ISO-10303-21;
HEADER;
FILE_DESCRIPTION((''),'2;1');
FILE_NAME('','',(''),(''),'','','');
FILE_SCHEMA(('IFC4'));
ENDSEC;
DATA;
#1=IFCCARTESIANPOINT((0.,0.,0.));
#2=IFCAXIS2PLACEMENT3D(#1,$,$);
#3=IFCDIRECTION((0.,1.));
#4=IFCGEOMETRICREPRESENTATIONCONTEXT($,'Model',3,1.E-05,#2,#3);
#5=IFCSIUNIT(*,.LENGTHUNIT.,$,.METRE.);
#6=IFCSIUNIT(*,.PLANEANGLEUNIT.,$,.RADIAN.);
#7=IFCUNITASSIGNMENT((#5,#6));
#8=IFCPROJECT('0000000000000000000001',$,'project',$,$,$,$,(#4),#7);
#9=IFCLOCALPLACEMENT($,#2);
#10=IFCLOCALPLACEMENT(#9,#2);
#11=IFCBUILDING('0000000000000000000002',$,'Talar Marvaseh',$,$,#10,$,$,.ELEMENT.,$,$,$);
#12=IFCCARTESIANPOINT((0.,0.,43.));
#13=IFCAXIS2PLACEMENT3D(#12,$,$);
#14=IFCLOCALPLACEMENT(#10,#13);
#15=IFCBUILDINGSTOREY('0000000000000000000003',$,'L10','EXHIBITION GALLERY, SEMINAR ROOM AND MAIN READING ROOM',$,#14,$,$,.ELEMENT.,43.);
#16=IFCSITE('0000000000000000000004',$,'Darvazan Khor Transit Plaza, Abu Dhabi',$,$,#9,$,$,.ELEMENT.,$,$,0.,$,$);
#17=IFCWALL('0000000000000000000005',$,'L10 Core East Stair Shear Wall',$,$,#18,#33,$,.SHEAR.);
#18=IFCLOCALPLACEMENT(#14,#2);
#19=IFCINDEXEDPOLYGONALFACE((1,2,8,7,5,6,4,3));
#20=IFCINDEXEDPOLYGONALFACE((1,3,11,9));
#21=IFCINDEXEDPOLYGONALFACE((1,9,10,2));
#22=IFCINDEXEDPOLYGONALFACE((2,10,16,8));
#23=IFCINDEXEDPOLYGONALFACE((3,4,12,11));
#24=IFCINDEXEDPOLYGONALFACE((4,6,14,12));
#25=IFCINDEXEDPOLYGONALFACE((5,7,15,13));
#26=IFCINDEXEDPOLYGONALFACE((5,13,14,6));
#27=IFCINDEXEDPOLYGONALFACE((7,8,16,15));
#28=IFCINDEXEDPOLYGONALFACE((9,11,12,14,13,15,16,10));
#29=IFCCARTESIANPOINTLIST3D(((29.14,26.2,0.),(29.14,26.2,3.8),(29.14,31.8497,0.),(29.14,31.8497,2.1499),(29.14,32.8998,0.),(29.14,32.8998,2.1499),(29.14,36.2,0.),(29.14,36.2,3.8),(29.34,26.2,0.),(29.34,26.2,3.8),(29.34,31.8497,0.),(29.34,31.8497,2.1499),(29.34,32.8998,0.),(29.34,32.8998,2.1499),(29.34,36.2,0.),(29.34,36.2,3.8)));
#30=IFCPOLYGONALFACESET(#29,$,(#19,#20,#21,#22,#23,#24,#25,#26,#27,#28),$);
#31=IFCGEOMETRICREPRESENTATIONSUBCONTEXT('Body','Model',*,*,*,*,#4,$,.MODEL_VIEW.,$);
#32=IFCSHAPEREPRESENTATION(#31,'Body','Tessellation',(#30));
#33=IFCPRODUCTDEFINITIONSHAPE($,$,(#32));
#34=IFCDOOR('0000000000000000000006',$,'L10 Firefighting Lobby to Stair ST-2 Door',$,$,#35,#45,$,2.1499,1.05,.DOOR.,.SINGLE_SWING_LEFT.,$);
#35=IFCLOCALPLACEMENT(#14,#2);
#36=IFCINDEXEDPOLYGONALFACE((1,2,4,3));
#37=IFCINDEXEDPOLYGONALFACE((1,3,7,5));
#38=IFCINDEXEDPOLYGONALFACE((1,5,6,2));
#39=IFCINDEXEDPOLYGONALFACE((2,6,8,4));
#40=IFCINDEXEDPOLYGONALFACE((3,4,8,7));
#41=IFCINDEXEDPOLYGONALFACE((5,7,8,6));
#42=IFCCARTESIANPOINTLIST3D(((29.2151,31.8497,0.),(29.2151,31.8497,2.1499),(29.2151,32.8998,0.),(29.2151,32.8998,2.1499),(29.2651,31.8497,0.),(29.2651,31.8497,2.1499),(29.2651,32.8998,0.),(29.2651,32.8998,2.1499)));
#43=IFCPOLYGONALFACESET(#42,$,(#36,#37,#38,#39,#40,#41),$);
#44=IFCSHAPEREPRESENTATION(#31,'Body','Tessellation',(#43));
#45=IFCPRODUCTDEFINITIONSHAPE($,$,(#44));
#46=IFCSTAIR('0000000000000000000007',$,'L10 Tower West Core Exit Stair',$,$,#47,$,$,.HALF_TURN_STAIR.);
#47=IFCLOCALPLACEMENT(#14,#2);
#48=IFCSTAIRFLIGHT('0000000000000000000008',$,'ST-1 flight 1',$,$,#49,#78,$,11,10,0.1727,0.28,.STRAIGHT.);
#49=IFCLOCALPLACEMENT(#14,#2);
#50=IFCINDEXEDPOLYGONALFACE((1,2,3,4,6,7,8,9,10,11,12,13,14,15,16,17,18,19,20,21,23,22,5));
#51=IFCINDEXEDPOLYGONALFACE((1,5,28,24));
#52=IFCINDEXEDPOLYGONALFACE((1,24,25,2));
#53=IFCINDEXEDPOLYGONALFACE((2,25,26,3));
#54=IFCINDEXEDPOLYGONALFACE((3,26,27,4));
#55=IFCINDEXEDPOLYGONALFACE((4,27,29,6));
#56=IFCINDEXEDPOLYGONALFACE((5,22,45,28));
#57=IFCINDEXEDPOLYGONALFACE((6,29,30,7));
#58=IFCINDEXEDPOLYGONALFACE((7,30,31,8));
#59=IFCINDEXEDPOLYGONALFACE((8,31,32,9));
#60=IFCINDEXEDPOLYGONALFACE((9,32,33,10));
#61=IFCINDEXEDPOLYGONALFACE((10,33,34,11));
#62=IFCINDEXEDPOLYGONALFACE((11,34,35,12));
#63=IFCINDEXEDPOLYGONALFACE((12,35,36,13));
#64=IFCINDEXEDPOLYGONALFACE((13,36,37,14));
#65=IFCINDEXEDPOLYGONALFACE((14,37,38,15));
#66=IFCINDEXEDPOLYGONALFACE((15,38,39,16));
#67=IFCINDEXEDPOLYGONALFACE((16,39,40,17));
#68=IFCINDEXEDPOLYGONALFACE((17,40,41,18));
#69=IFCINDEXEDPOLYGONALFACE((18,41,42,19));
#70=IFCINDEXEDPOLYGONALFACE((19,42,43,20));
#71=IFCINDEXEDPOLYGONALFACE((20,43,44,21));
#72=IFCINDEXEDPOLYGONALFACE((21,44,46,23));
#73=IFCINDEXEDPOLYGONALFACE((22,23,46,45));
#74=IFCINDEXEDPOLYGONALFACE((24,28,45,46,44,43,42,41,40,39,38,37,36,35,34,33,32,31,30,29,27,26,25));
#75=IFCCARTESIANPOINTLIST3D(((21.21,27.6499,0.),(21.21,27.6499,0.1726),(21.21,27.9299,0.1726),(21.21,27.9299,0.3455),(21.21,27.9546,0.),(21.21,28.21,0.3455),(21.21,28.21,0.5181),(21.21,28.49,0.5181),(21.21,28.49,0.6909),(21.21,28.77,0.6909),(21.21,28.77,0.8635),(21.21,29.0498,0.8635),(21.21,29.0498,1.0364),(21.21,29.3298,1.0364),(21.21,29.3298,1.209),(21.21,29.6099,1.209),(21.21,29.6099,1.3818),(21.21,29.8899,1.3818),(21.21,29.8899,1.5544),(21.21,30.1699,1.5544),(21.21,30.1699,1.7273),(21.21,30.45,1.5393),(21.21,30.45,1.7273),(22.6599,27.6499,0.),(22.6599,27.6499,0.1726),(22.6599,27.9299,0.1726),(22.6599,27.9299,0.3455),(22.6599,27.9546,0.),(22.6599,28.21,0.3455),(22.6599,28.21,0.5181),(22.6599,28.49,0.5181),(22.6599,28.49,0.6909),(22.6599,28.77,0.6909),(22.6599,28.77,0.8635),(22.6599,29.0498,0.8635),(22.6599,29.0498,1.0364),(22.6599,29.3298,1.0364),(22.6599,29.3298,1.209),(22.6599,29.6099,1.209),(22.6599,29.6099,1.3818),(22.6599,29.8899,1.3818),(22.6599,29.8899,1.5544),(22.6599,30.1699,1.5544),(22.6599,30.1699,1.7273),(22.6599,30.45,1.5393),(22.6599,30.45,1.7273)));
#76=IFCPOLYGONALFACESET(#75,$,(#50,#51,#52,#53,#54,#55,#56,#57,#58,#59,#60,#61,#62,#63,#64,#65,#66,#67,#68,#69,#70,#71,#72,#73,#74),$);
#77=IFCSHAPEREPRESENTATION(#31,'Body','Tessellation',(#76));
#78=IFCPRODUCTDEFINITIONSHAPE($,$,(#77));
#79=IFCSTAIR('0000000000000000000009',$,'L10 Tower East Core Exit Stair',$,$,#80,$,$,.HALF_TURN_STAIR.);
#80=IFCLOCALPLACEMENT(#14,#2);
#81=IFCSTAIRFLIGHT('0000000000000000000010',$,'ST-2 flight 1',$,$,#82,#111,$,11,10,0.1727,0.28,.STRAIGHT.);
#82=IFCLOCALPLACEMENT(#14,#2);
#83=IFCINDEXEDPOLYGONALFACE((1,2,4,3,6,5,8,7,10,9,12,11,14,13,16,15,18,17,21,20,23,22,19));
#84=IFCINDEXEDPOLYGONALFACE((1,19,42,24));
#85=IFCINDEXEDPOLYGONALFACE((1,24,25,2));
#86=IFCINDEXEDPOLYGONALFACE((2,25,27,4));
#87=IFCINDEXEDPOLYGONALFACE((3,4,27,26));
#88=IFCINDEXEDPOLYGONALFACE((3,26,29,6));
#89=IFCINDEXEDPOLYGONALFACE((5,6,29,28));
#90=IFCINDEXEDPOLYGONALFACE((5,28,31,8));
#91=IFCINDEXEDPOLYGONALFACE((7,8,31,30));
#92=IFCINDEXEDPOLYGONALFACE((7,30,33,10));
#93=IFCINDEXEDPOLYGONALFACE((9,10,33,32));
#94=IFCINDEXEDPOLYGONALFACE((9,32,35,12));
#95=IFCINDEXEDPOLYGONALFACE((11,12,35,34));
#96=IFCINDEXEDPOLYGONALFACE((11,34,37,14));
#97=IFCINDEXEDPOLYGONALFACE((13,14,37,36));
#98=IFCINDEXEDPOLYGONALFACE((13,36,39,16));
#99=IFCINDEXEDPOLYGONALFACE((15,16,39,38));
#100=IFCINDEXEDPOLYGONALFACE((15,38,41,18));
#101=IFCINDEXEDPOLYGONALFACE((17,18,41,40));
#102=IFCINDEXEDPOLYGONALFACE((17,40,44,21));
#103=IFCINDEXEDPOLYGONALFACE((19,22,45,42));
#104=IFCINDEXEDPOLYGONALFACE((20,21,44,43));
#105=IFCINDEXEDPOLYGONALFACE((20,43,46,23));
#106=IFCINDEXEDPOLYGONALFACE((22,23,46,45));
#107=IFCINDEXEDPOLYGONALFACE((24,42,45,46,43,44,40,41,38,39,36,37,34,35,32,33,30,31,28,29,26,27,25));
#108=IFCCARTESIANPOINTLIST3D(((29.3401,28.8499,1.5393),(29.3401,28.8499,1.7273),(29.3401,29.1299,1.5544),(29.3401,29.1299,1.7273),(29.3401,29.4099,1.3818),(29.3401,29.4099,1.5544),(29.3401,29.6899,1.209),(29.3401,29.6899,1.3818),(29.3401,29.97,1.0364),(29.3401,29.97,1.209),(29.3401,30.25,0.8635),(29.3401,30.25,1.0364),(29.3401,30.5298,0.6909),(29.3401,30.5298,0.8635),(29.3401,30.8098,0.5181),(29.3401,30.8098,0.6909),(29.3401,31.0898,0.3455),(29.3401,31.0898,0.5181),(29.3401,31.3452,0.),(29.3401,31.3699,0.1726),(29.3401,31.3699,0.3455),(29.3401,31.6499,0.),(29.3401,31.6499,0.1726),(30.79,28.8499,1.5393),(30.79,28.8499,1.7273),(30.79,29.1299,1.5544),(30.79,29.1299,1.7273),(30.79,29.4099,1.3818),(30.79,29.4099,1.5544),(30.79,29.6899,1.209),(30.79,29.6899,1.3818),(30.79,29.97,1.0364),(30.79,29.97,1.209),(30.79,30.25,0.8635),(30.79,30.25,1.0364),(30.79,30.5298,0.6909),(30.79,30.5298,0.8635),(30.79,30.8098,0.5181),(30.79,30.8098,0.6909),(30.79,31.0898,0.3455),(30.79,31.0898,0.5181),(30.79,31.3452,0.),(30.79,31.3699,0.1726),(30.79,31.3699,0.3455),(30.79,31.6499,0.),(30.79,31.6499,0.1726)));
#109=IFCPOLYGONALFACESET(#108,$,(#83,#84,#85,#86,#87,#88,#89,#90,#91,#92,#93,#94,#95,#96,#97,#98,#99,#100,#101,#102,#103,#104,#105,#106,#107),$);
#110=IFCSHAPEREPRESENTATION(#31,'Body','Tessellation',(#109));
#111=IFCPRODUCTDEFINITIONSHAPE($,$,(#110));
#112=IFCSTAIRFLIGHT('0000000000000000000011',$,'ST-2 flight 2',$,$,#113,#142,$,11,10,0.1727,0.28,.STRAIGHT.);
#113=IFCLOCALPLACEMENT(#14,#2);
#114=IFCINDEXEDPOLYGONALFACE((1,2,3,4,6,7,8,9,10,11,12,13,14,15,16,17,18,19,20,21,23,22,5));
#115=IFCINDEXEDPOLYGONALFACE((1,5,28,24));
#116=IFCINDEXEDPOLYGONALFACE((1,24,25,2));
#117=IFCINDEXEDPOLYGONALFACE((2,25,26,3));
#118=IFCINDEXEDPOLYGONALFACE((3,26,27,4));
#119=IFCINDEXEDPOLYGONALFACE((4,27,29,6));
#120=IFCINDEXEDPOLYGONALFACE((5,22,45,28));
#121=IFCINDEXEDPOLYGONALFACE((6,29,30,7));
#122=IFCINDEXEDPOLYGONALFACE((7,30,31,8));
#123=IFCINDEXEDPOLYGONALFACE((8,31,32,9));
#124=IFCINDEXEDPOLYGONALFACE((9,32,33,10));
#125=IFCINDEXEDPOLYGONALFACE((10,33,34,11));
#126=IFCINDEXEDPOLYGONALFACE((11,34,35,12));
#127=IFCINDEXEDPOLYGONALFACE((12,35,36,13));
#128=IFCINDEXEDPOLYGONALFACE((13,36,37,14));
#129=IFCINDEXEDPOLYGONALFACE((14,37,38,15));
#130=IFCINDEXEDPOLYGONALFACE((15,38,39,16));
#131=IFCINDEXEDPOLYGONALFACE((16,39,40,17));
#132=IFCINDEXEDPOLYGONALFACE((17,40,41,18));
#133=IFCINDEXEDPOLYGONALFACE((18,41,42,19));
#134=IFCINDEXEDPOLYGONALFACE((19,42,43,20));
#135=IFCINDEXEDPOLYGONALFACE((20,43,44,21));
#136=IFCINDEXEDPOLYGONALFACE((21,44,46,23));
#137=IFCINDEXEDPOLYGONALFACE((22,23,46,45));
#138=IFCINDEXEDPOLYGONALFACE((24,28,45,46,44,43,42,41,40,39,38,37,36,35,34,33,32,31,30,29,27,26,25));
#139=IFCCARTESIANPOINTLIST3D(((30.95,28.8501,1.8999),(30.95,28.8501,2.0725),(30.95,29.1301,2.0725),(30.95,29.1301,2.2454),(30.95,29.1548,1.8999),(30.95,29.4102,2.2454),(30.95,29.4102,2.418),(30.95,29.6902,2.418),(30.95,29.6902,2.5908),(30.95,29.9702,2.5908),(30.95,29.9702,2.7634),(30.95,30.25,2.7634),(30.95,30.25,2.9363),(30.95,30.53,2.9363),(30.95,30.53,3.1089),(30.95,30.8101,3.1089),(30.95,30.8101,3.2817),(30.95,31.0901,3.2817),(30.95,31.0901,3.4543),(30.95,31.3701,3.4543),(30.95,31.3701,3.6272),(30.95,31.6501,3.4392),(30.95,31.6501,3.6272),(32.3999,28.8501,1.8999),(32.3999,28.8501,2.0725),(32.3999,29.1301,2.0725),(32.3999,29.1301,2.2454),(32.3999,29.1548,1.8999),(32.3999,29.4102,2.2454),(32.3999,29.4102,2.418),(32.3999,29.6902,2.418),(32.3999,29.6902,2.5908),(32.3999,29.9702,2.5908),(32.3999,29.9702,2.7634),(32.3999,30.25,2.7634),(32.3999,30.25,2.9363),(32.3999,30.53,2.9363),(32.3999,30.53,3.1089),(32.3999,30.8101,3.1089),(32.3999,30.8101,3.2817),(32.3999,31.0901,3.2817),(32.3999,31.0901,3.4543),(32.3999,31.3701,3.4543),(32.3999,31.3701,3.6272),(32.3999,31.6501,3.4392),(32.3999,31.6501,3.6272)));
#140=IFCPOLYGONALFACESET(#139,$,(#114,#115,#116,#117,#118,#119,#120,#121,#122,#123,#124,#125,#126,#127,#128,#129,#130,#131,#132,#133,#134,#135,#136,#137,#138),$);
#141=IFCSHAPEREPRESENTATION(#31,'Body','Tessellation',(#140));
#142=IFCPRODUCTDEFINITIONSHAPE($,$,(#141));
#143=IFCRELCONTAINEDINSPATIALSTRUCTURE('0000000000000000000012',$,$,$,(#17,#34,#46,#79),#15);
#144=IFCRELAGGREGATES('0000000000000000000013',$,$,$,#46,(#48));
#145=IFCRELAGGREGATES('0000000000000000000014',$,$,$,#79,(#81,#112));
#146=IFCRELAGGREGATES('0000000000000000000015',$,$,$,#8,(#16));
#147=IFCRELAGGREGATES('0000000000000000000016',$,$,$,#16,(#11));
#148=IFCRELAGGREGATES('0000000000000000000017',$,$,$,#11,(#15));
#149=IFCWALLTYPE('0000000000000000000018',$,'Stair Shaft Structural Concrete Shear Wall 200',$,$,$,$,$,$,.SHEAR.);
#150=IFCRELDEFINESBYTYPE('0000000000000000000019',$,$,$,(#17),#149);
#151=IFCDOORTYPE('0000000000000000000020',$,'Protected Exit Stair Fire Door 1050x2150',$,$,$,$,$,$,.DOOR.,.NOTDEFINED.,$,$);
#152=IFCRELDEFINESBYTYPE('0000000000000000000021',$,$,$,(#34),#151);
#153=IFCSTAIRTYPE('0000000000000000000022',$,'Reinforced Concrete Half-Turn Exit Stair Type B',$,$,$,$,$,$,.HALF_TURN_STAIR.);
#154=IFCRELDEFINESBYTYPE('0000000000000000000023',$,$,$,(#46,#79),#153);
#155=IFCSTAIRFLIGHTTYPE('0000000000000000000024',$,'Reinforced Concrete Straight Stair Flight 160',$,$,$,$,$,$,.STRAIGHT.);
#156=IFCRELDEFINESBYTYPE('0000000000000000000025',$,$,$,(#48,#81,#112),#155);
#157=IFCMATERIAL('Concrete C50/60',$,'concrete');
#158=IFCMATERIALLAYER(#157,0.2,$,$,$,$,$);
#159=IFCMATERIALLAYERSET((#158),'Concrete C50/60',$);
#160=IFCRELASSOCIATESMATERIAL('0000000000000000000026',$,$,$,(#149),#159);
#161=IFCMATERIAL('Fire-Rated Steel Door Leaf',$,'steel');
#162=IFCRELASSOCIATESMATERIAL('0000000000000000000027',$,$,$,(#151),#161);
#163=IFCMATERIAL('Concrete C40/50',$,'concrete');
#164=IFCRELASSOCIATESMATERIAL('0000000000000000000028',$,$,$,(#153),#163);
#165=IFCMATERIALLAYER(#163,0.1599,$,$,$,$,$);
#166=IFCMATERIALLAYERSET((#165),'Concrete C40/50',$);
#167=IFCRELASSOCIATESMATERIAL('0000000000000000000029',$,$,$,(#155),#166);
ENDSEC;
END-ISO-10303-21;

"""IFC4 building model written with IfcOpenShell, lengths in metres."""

from ifc_helpers import new_model, si_unit, direction, frame, frame_2d, origin, place, context, subcontext, project, spatial, polyline, rectangle, outline, extrude, source, transform, mapped, material, layer, layer_set, type_object, type_shapes, element, fill, aggregate, save


model = new_model("IFC4")

# Units and contexts
model_context = context("Model", 3, precision=1e-05, world=origin(), true_north=direction((0.0, 1.0)))
body_context = subcontext(model_context, "Body", "Model", "MODEL_VIEW")
ifc_project = project(units=[si_unit("LENGTHUNIT", "METRE"), si_unit("PLANEANGLEUNIT", "RADIAN")], contexts=[model_context])

# Site, building, storey
site_placement = place(None, origin())
site = spatial("IfcSite", under=ifc_project, at=site_placement, Name="Darvazan Khor Transit Plaza, Abu Dhabi", CompositionType="ELEMENT", RefElevation=0.0)
building_placement = place(site_placement, origin())
building = spatial("IfcBuilding", under=site, at=building_placement, Name="Talar Marvaseh", CompositionType="ELEMENT")
storey_placement = place(building_placement, frame((0.0, 0.0, 43.0)))
storey = spatial("IfcBuildingStorey", under=building, at=storey_placement, Name="L10", Description="EXHIBITION GALLERY, SEMINAR ROOM AND MAIN READING ROOM", CompositionType="ELEMENT", Elevation=43.0)

# Shared definitions
ifc_material_1 = material(Name="Concrete C40/50", Category="concrete")

# Shared definitions
ifc_material_2 = material(Name="Fire-Rated Steel Door Leaf", Category="steel")

# Shared definitions
ifc_material_3 = material(Name="Concrete C50/60", Category="concrete")
ifc_layer_1 = layer(ifc_material_3, 0.2)
ifc_layer_set_1 = layer_set([ifc_layer_1], Name="Concrete C50/60")
wall_type_1 = type_object("IfcWallType", Name="Stair Shaft Structural Concrete Shear Wall 200", PredefinedType="SHEAR", material=ifc_layer_set_1)

# Wall, opening, door
wall_1_placement = place(storey_placement, frame((29.24, 26.2, 0.0), z_axis=(0.0, 0.0, 1.0), x_axis=(0.0, 1.0, 0.0)))
wall_1 = element("IfcWall", 1, at=wall_1_placement, inside=storey, type_object=wall_type_1, Name="L10 Core East Stair Shear Wall", PredefinedType="SHEAR", context=body_context, shape_type="SweptSolid", body=[
    extrude(rectangle(XDim=10.0, YDim=0.2, at=frame_2d((5.0, 0.0))), origin(), (0.0, 0.0, 1.0), 3.8),
])
opening_1_placement = place(wall_1_placement, frame((5.6499, 0.0, 0.0)))
opening_1 = element("IfcOpeningElement", 2, at=opening_1_placement, cuts=wall_1, PredefinedType="OPENING", context=body_context, shape_type="SweptSolid", body=[
    extrude(rectangle(XDim=1.05, YDim=2.1499, at=frame_2d((0.5249, 1.075))), frame((0.0, 0.1099, 0.0), z_axis=(0.0, -1.0, 0.0), x_axis=(1.0, 0.0, 0.0)), (0.0, 0.0, 1.0), 0.22),
])
door_type_1 = type_object("IfcDoorType", Name="Protected Exit Stair Fire Door 1050x2150", OperationType="NOTDEFINED", PredefinedType="DOOR", material=ifc_material_2)
shared_shape_1 = source(origin(), body_context, "Body", "SweptSolid", [
    extrude(rectangle(XDim=1.05, YDim=2.1499, at=frame_2d((0.5249, 1.075))), frame((0.0, 0.0249, 0.0), z_axis=(0.0, -1.0, 0.0), x_axis=(1.0, 0.0, 0.0)), (0.0, 0.0, 1.0), 0.05),
])
type_shapes(door_type_1, [shared_shape_1])
door_1_placement = place(opening_1_placement, origin())
door_1 = element("IfcDoor", 3, at=door_1_placement, inside=storey, type_object=door_type_1, Name="L10 Firefighting Lobby to Stair ST-2 Door", OperationType="SINGLE_SWING_LEFT", OverallHeight=2.1499, OverallWidth=1.05, PredefinedType="DOOR", context=body_context, shape_type="MappedRepresentation", body=[
    mapped(shared_shape_1, transform((0.0, 0.0, 0.0), x_axis=(1.0, 0.0, 0.0), y_axis=(0.0, 1.0, 0.0), z_axis=(0.0, 0.0, 1.0), scale=1.0)),
])
fill(opening_1, door_1)

# Stair, stair flight
stair_type = type_object("IfcStairType", Name="Reinforced Concrete Half-Turn Exit Stair Type B", PredefinedType="HALF_TURN_STAIR", material=ifc_material_1)
stair_1_placement = place(storey_placement, origin())
stair_1 = element("IfcStair", 4, at=stair_1_placement, inside=storey, type_object=stair_type, Name="L10 Tower West Core Exit Stair", PredefinedType="HALF_TURN_STAIR")
ifc_layer_2 = layer(ifc_material_1, 0.1599)
ifc_layer_set_2 = layer_set([ifc_layer_2], Name="Concrete C40/50")
stair_flight_type = type_object("IfcStairFlightType", Name="Reinforced Concrete Straight Stair Flight 160", PredefinedType="STRAIGHT", material=ifc_layer_set_2)
stair_flight_1_placement = place(storey_placement, frame((21.9351, 27.6499, 0.0), z_axis=(0.0, 0.0, 1.0), x_axis=(0.0, 1.0, 0.0)))
stair_flight_1 = element("IfcStairFlight", 5, at=stair_flight_1_placement, type_object=stair_flight_type, Name="ST-1 flight 1", NumberOfRisers=11, NumberOfTreads=10, PredefinedType="STRAIGHT", RiserHeight=0.1727, TreadLength=0.28, context=body_context, shape_type="SweptSolid", body=[
    extrude(outline(polyline([(0.0, 0.0), (0.0, 0.1726), (0.28, 0.1726), (0.28, 0.3455), (0.5601, 0.3455), (0.5601, 0.5181), (0.8401, 0.5181), (0.8401, 0.6909), (1.1201, 0.6909), (1.1201, 0.8635), (1.3999, 0.8635), (1.3999, 1.0364), (1.6799, 1.0364), (1.6799, 1.209), (1.96, 1.209), (1.96, 1.3818), (2.24, 1.3818), (2.24, 1.5544), (2.52, 1.5544), (2.52, 1.7273), (2.8, 1.7273), (2.8, 1.8999), (2.8, 1.5393), (0.3047, 0.0), (0.0, 0.0)])), frame((0.0, 0.7251, 0.0), z_axis=(0.0, -1.0, 0.0), x_axis=(1.0, 0.0, 0.0)), (0.0, 0.0, 1.0), 1.45),
])
aggregate(stair_1, [stair_flight_1])

# Stair, stair flights
stair_2_placement = place(storey_placement, origin())
stair_2 = element("IfcStair", 6, at=stair_2_placement, inside=storey, type_object=stair_type, Name="L10 Tower East Core Exit Stair", PredefinedType="HALF_TURN_STAIR")
stair_flight_2_placement = place(storey_placement, frame((30.0649, 31.6499, 0.0), z_axis=(0.0, 0.0, 1.0), x_axis=(0.0, -1.0, 0.0)))
stair_flight_2 = element("IfcStairFlight", 7, at=stair_flight_2_placement, type_object=stair_flight_type, Name="ST-2 flight 1", NumberOfRisers=11, NumberOfTreads=10, PredefinedType="STRAIGHT", RiserHeight=0.1727, TreadLength=0.28, context=body_context, shape_type="SweptSolid", body=[
    extrude(outline(polyline([(0.0, 0.0), (0.0, 0.1726), (0.28, 0.1726), (0.28, 0.3455), (0.5601, 0.3455), (0.5601, 0.5181), (0.8401, 0.5181), (0.8401, 0.6909), (1.1201, 0.6909), (1.1201, 0.8635), (1.3999, 0.8635), (1.3999, 1.0364), (1.6799, 1.0364), (1.6799, 1.209), (1.96, 1.209), (1.96, 1.3818), (2.24, 1.3818), (2.24, 1.5544), (2.52, 1.5544), (2.52, 1.7273), (2.8, 1.7273), (2.8, 1.8999), (2.8, 1.5393), (0.3047, 0.0), (0.0, 0.0)])), frame((0.0, 0.7251, 0.0), z_axis=(0.0, -1.0, 0.0), x_axis=(1.0, 0.0, 0.0)), (0.0, 0.0, 1.0), 1.45),
])
stair_flight_3_placement = place(storey_placement, frame((31.675, 28.8501, 1.8999), z_axis=(0.0, 0.0, 1.0), x_axis=(0.0, 1.0, 0.0)))
stair_flight_3 = element("IfcStairFlight", 8, at=stair_flight_3_placement, type_object=stair_flight_type, Name="ST-2 flight 2", NumberOfRisers=11, NumberOfTreads=10, PredefinedType="STRAIGHT", RiserHeight=0.1727, TreadLength=0.28, context=body_context, shape_type="SweptSolid", body=[
    extrude(outline(polyline([(0.0, 0.0), (0.0, 0.1726), (0.28, 0.1726), (0.28, 0.3455), (0.5601, 0.3455), (0.5601, 0.5181), (0.8401, 0.5181), (0.8401, 0.6909), (1.1201, 0.6909), (1.1201, 0.8635), (1.3999, 0.8635), (1.3999, 1.0364), (1.6799, 1.0364), (1.6799, 1.209), (1.96, 1.209), (1.96, 1.3818), (2.24, 1.3818), (2.24, 1.5544), (2.52, 1.5544), (2.52, 1.7273), (2.8, 1.7273), (2.8, 1.8999), (2.8, 1.5393), (0.3047, 0.0), (0.0, 0.0)])), frame((0.0, 0.7251, 0.0), z_axis=(0.0, -1.0, 0.0), x_axis=(1.0, 0.0, 0.0)), (0.0, 0.0, 1.0), 1.45),
])
aggregate(stair_2, [stair_flight_2, stair_flight_3])

save(model, "model.ifc")
